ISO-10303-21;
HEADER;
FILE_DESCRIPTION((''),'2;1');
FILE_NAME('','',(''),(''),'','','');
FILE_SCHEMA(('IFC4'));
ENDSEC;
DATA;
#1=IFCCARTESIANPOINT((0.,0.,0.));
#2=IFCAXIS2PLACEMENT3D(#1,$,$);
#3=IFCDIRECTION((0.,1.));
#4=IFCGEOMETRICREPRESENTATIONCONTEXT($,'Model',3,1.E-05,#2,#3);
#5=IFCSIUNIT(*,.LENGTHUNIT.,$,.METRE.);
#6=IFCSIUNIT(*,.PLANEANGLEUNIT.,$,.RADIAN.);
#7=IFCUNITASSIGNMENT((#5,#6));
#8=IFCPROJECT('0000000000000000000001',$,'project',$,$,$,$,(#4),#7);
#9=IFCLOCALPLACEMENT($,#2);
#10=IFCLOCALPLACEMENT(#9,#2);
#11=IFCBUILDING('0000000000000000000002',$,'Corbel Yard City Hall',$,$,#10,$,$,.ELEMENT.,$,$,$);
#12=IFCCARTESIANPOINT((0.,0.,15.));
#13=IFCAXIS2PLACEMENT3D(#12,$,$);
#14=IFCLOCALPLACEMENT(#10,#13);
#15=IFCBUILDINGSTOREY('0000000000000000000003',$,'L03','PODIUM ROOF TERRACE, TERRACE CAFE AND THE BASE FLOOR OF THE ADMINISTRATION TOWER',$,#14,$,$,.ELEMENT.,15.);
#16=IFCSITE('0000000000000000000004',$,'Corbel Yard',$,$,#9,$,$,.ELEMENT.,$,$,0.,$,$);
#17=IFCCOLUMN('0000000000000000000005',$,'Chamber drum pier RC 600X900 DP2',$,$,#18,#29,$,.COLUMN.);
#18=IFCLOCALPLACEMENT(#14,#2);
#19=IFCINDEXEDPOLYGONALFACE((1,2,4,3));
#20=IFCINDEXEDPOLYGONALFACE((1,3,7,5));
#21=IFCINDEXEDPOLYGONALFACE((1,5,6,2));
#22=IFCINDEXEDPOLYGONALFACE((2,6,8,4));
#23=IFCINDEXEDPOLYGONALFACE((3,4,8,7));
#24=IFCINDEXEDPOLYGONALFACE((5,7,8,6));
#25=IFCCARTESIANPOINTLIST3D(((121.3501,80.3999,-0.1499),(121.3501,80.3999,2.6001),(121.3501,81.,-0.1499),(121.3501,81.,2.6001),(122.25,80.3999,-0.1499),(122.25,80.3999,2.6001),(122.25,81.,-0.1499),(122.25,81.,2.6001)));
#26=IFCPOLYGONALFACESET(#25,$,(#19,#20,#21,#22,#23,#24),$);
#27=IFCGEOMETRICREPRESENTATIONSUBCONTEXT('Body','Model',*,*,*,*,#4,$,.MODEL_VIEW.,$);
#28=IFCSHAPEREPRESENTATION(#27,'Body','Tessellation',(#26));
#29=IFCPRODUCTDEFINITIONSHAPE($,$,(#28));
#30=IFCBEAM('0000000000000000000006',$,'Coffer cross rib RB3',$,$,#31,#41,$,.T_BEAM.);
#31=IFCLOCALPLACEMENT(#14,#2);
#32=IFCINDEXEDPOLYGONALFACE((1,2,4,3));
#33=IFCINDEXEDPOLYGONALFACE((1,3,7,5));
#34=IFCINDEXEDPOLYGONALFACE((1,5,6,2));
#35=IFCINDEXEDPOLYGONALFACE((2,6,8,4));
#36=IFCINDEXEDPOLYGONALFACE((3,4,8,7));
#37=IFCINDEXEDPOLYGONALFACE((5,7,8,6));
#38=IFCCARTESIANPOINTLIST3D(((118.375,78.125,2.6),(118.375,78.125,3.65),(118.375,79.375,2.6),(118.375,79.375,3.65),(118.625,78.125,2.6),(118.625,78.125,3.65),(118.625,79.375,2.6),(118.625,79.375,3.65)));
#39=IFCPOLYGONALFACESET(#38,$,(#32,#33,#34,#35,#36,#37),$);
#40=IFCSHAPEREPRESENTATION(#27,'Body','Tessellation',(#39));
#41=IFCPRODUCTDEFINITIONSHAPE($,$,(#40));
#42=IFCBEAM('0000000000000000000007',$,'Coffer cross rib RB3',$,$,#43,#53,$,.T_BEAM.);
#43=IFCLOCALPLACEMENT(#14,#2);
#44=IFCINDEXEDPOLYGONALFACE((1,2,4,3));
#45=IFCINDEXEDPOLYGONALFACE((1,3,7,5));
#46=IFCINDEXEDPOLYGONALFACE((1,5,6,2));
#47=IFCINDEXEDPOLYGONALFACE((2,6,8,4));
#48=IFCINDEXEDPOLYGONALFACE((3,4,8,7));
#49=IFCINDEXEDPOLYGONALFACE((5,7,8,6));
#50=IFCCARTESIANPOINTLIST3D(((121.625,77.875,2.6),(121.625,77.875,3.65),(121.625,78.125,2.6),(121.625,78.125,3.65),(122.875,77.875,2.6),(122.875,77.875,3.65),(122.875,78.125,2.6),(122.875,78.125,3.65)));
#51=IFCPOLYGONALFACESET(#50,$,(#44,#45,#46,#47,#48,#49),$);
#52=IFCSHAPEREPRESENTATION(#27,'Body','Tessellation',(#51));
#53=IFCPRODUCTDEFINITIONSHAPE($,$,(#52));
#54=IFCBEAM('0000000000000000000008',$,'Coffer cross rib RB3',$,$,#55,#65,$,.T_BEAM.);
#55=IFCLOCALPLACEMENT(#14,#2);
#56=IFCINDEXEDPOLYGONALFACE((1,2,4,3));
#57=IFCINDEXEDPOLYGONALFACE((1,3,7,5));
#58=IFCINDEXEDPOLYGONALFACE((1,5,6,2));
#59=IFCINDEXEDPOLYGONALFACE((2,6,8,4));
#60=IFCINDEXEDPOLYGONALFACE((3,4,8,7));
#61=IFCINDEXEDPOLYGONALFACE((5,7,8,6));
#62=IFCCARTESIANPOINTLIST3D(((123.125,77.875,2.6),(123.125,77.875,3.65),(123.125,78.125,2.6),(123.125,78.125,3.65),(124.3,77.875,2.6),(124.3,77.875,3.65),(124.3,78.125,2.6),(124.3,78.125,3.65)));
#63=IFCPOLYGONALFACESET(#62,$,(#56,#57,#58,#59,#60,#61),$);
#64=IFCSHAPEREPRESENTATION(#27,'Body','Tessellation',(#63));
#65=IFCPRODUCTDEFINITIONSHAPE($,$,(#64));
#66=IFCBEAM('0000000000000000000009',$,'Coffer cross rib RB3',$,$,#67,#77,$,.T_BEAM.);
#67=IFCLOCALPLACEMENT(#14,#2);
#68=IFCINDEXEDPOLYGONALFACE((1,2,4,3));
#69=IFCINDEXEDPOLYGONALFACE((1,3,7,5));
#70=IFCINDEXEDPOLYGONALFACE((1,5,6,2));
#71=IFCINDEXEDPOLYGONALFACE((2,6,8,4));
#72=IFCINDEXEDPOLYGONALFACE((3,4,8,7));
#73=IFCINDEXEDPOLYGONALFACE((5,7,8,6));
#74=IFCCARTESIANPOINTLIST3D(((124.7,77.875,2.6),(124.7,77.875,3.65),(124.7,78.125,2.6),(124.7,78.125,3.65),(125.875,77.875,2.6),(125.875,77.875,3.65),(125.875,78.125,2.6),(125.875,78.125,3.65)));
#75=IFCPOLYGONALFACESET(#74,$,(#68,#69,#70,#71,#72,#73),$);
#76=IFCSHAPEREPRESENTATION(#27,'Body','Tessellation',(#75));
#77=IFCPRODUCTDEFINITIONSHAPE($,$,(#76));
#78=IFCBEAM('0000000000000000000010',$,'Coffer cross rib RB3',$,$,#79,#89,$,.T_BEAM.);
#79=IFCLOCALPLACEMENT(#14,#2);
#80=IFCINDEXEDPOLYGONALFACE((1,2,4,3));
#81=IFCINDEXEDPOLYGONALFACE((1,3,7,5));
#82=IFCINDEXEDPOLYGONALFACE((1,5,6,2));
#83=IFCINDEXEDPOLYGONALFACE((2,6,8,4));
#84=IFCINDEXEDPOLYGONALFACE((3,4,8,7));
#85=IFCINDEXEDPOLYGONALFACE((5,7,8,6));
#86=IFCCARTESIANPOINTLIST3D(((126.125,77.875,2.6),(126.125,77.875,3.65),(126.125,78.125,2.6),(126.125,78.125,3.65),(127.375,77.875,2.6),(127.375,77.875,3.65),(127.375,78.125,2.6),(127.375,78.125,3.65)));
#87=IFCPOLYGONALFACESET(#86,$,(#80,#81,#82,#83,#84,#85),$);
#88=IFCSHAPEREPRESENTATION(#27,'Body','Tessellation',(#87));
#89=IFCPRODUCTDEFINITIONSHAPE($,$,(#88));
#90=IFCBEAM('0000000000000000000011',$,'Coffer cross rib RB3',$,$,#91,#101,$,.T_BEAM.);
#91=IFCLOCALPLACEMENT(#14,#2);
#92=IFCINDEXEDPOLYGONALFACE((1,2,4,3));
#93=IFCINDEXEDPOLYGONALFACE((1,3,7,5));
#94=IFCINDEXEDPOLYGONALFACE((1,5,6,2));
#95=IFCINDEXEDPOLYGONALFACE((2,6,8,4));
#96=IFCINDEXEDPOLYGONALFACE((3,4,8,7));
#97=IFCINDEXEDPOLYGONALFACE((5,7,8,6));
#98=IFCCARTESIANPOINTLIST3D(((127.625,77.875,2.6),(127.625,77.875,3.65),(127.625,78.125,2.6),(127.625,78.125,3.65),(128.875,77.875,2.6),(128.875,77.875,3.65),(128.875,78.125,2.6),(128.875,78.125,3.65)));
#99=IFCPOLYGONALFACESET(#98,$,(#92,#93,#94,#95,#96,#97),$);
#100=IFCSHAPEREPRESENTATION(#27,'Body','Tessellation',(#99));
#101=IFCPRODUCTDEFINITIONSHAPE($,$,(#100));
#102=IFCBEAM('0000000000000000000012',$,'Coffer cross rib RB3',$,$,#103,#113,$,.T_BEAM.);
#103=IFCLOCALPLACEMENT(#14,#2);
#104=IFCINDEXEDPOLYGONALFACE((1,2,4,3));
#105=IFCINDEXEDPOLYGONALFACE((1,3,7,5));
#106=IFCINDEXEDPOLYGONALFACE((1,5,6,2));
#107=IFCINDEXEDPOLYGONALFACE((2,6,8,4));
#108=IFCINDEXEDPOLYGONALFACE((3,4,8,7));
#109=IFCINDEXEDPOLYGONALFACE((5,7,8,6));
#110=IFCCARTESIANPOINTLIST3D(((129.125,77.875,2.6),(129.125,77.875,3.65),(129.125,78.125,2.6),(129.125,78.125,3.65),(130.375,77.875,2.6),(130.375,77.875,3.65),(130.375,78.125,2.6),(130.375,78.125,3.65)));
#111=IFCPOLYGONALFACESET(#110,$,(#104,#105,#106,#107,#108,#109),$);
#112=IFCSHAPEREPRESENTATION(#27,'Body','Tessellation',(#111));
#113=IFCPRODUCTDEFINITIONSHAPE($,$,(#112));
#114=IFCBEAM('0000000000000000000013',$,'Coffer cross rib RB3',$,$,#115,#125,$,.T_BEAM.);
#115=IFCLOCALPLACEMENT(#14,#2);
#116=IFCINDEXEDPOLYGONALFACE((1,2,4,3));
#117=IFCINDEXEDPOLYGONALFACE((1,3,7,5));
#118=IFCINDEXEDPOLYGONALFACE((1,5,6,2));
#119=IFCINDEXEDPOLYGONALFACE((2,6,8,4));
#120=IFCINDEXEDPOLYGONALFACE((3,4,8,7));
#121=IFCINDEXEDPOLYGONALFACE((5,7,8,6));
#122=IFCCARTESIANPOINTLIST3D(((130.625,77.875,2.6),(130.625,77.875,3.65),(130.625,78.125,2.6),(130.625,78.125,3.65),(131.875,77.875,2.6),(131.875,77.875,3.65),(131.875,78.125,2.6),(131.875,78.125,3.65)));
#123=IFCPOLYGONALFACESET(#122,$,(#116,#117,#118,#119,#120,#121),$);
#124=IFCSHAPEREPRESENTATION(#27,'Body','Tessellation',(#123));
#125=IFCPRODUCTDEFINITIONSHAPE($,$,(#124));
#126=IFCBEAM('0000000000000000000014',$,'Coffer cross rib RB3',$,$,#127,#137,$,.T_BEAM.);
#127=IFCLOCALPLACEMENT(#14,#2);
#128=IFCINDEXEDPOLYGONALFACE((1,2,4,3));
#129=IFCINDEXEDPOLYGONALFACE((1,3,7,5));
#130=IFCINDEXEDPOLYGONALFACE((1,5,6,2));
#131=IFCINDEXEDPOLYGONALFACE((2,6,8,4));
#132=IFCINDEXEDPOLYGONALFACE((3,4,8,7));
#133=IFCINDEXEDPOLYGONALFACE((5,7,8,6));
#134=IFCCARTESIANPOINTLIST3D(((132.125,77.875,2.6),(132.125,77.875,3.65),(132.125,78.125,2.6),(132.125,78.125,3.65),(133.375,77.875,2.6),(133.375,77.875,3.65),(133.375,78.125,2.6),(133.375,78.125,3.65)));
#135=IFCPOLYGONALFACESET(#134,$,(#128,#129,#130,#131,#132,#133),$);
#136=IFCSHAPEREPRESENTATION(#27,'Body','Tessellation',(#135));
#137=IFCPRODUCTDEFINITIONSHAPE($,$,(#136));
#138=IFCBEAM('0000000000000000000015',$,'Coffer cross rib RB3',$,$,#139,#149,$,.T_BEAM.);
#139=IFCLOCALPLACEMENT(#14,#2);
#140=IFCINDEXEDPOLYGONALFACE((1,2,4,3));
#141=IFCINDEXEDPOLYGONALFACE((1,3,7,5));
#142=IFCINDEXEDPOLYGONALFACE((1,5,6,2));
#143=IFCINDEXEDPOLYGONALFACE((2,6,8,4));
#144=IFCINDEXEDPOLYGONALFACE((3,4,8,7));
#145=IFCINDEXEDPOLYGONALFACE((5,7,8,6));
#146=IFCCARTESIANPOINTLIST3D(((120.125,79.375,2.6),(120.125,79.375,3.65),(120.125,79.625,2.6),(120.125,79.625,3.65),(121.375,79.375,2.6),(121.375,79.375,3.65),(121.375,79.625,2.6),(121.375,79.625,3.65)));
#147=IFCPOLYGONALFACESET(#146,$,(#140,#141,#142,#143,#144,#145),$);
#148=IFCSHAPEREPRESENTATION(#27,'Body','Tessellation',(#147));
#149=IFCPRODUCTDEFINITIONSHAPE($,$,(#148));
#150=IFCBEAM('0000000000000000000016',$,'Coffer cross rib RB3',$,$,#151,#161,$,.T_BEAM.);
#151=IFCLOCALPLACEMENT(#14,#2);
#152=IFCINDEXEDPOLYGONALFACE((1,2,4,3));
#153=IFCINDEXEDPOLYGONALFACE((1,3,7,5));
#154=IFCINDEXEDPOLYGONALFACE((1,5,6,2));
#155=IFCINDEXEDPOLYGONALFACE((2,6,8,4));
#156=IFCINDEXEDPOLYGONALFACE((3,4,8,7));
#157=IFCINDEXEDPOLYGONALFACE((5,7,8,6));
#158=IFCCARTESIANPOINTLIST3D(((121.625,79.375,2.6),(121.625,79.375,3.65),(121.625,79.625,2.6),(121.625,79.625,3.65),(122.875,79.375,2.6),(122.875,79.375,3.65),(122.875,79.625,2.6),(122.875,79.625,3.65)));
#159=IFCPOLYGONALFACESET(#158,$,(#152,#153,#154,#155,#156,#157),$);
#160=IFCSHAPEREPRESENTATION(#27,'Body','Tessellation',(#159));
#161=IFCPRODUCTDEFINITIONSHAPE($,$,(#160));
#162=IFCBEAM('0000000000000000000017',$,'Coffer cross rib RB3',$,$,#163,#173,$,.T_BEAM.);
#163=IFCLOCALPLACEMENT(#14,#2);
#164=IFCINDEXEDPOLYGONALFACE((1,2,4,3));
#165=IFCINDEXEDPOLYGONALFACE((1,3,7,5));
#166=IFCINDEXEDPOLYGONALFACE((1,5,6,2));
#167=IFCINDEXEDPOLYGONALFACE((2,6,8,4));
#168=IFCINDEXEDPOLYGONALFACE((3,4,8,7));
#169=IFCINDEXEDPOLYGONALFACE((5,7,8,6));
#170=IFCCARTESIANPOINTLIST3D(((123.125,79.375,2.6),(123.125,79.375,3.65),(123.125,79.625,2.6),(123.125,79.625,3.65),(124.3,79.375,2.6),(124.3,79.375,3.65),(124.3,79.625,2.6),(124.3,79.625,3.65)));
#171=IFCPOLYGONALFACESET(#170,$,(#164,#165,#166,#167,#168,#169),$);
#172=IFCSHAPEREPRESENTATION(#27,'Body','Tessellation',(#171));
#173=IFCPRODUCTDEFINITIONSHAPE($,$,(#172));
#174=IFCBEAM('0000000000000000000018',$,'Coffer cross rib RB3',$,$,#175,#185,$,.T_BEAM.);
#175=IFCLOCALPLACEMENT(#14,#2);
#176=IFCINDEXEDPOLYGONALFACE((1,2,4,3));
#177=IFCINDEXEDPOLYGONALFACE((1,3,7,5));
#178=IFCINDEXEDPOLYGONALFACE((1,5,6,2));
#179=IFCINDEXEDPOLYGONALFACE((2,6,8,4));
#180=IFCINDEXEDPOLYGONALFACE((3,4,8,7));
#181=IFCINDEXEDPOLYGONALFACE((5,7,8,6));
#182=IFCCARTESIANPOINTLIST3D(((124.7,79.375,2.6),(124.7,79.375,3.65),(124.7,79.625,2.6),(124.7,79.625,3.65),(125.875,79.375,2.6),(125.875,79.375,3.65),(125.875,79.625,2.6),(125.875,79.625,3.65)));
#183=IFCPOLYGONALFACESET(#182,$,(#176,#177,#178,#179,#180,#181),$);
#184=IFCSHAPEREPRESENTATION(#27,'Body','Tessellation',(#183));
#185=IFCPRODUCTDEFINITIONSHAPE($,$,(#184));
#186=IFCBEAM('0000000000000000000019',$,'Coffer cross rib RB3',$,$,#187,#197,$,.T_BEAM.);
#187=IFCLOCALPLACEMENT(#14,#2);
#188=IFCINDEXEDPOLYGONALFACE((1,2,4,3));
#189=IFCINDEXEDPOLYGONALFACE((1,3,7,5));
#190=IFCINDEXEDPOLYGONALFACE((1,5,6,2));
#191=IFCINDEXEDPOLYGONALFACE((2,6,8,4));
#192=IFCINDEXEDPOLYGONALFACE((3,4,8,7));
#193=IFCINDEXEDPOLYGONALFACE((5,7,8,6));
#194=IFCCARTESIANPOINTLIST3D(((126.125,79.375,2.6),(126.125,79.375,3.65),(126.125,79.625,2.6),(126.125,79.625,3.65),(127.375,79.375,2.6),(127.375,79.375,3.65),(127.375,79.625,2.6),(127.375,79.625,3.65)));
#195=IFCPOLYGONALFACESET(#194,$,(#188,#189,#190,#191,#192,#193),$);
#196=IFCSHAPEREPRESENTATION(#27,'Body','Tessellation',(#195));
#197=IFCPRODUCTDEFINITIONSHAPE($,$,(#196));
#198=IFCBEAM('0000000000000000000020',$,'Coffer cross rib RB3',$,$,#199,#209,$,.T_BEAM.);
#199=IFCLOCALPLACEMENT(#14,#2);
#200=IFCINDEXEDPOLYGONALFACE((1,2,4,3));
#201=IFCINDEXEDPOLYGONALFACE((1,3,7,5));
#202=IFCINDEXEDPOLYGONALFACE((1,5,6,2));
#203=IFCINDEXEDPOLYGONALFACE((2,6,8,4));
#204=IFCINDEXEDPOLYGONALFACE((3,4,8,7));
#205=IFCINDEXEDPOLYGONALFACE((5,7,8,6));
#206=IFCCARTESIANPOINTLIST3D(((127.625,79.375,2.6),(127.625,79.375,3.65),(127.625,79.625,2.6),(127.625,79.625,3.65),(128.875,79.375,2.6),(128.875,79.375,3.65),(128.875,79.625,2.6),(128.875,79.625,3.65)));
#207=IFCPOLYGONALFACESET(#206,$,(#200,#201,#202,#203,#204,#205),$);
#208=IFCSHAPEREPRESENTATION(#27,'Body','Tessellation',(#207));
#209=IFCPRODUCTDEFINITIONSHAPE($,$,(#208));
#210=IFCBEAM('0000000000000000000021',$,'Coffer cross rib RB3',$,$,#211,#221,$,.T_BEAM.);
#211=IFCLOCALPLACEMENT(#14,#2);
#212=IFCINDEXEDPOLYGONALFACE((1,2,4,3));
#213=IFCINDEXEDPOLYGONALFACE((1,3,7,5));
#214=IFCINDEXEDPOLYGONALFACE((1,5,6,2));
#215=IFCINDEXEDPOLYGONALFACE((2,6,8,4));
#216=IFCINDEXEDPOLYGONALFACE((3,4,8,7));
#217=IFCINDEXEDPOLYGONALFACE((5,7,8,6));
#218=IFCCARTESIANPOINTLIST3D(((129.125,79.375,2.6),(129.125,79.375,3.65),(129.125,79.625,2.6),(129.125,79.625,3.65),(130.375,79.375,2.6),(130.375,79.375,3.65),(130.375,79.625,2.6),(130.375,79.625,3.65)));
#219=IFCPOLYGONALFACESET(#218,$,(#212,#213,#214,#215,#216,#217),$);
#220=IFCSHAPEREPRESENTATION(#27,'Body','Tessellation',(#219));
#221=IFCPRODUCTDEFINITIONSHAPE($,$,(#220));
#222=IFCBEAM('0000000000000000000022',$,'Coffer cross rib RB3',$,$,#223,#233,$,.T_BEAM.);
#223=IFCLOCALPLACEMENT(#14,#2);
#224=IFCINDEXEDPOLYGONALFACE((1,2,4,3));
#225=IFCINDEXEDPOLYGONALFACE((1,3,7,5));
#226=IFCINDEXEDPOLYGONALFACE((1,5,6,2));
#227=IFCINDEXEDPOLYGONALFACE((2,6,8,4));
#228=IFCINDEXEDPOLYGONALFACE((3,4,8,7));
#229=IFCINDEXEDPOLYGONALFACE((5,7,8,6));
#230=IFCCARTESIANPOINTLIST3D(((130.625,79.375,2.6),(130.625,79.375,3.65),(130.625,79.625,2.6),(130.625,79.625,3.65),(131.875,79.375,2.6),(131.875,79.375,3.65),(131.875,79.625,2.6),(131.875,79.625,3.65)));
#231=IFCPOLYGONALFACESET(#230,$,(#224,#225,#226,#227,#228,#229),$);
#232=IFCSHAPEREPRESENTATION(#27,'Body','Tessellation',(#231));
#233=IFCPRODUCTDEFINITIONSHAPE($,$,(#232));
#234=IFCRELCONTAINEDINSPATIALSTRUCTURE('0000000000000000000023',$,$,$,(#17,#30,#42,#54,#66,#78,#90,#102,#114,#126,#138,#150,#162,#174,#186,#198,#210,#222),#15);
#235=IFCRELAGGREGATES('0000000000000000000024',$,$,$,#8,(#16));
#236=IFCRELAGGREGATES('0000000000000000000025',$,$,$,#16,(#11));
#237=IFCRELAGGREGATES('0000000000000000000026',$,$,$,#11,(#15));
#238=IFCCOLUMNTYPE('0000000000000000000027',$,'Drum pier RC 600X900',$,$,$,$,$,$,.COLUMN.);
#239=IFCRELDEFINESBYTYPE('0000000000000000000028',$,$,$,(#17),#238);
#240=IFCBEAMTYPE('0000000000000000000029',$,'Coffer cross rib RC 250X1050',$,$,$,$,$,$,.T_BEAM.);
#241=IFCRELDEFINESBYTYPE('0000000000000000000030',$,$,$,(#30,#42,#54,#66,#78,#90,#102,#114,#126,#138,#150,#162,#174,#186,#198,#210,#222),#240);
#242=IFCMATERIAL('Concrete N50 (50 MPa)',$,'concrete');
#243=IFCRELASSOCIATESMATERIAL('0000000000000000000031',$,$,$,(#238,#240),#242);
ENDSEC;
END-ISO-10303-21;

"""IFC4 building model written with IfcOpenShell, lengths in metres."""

from ifc_helpers import new_model, si_unit, direction, frame, origin, origin_2d, place, context, subcontext, project, spatial, rectangle, extrude, material, material_profile, profile_set, type_object, element, save


model = new_model("IFC4")

# Units and contexts
model_context = context("Model", 3, precision=1e-05, world=origin(), true_north=direction((0.0, 1.0)))
body_context = subcontext(model_context, "Body", "Model", "MODEL_VIEW")
ifc_project = project(units=[si_unit("LENGTHUNIT", "METRE"), si_unit("PLANEANGLEUNIT", "RADIAN")], contexts=[model_context])

# Site, building, storey
site_placement = place(None, origin())
site = spatial("IfcSite", under=ifc_project, at=site_placement, Name="Corbel Yard", CompositionType="ELEMENT", RefElevation=0.0)
building_placement = place(site_placement, origin())
building = spatial("IfcBuilding", under=site, at=building_placement, Name="Corbel Yard City Hall", CompositionType="ELEMENT")
storey_placement = place(building_placement, frame((0.0, 0.0, 15.0)))
storey = spatial("IfcBuildingStorey", under=building, at=storey_placement, Name="L03", Description="PODIUM ROOF TERRACE, TERRACE CAFE AND THE BASE FLOOR OF THE ADMINISTRATION TOWER", CompositionType="ELEMENT", Elevation=15.0)

# Column
ifc_material_1 = material(Name="Concrete N50 (50 MPa)", Category="concrete")
ifc_material_profile_1 = material_profile(ifc_material_1, rectangle(XDim=0.6001, YDim=0.8999, at=origin_2d()), Name="600x900")
ifc_profile_set_1 = profile_set([ifc_material_profile_1], Name="Concrete N50 (50 MPa)")
column_type = type_object("IfcColumnType", Name="Drum pier RC 600X900", PredefinedType="COLUMN", material=ifc_profile_set_1)
column_placement = place(storey_placement, frame((121.8, 80.7, -0.1499), z_axis=(0.0, 0.0, 1.0), x_axis=(0.0, 1.0, 0.0)))
element("IfcColumn", 1, at=column_placement, inside=storey, type_object=column_type, Name="Chamber drum pier RC 600X900 DP2", PredefinedType="COLUMN", context=body_context, shape_type="SweptSolid", body=[
    extrude(rectangle(XDim=0.6001, YDim=0.8999, at=origin_2d()), origin(), (0.0, 0.0, 1.0), 2.75),
])

# Beams
ifc_material_profile_2 = material_profile(ifc_material_1, rectangle(XDim=0.25, YDim=1.05, at=origin_2d()), Name="250x1050")
ifc_profile_set_2 = profile_set([ifc_material_profile_2], Name="Concrete N50 (50 MPa)")
beam_type = type_object("IfcBeamType", Name="Coffer cross rib RC 250X1050", PredefinedType="T_BEAM", material=ifc_profile_set_2)
for number, where, z_axis, x_axis, name in (
    (2, (118.5, 78.125, 3.125), (0.0, 1.0, 0.0), (-1.0, 0.0, 0.0), "Coffer cross rib RB3"),
    (3, (121.625, 78.0, 3.125), (1.0, 0.0, 0.0), (0.0, 1.0, 0.0), "Coffer cross rib RB3"),
):
    element("IfcBeam", number, at=place(storey_placement, frame(where, z_axis=z_axis, x_axis=x_axis)), inside=storey, type_object=beam_type, Name=name, PredefinedType="T_BEAM", context=body_context, shape_type="SweptSolid", body=[
        extrude(rectangle(XDim=0.25, YDim=1.05, at=origin_2d()), origin(), (0.0, 0.0, 1.0), 1.25),
    ])
for number, where, z_axis, x_axis, name in (
    (4, (123.125, 78.0, 3.125), (1.0, 0.0, 0.0), (0.0, 1.0, 0.0), "Coffer cross rib RB3"),
    (5, (124.7, 78.0, 3.125), (1.0, 0.0, 0.0), (0.0, 1.0, 0.0), "Coffer cross rib RB3"),
):
    element("IfcBeam", number, at=place(storey_placement, frame(where, z_axis=z_axis, x_axis=x_axis)), inside=storey, type_object=beam_type, Name=name, PredefinedType="T_BEAM", context=body_context, shape_type="SweptSolid", body=[
        extrude(rectangle(XDim=0.25, YDim=1.05, at=origin_2d()), origin(), (0.0, 0.0, 1.0), 1.175),
    ])
for number, where, z_axis, x_axis, name in (
    (6, (126.125, 78.0, 3.125), (1.0, 0.0, 0.0), (0.0, 1.0, 0.0), "Coffer cross rib RB3"),
    (7, (127.625, 78.0, 3.125), (1.0, 0.0, 0.0), (0.0, 1.0, 0.0), "Coffer cross rib RB3"),
    (8, (129.125, 78.0, 3.125), (1.0, 0.0, 0.0), (0.0, 1.0, 0.0), "Coffer cross rib RB3"),
    (9, (130.625, 78.0, 3.125), (1.0, 0.0, 0.0), (0.0, 1.0, 0.0), "Coffer cross rib RB3"),
    (10, (132.125, 78.0, 3.125), (1.0, 0.0, 0.0), (0.0, 1.0, 0.0), "Coffer cross rib RB3"),
    (11, (120.125, 79.5, 3.125), (1.0, 0.0, 0.0), (0.0, 1.0, 0.0), "Coffer cross rib RB3"),
    (12, (121.625, 79.5, 3.125), (1.0, 0.0, 0.0), (0.0, 1.0, 0.0), "Coffer cross rib RB3"),
):
    element("IfcBeam", number, at=place(storey_placement, frame(where, z_axis=z_axis, x_axis=x_axis)), inside=storey, type_object=beam_type, Name=name, PredefinedType="T_BEAM", context=body_context, shape_type="SweptSolid", body=[
        extrude(rectangle(XDim=0.25, YDim=1.05, at=origin_2d()), origin(), (0.0, 0.0, 1.0), 1.25),
    ])
for number, where, z_axis, x_axis, name in (
    (13, (123.125, 79.5, 3.125), (1.0, 0.0, 0.0), (0.0, 1.0, 0.0), "Coffer cross rib RB3"),
    (14, (124.7, 79.5, 3.125), (1.0, 0.0, 0.0), (0.0, 1.0, 0.0), "Coffer cross rib RB3"),
):
    element("IfcBeam", number, at=place(storey_placement, frame(where, z_axis=z_axis, x_axis=x_axis)), inside=storey, type_object=beam_type, Name=name, PredefinedType="T_BEAM", context=body_context, shape_type="SweptSolid", body=[
        extrude(rectangle(XDim=0.25, YDim=1.05, at=origin_2d()), origin(), (0.0, 0.0, 1.0), 1.175),
    ])
for number, where, z_axis, x_axis, name in (
    (15, (126.125, 79.5, 3.125), (1.0, 0.0, 0.0), (0.0, 1.0, 0.0), "Coffer cross rib RB3"),
    (16, (127.625, 79.5, 3.125), (1.0, 0.0, 0.0), (0.0, 1.0, 0.0), "Coffer cross rib RB3"),
    (17, (129.125, 79.5, 3.125), (1.0, 0.0, 0.0), (0.0, 1.0, 0.0), "Coffer cross rib RB3"),
    (18, (130.625, 79.5, 3.125), (1.0, 0.0, 0.0), (0.0, 1.0, 0.0), "Coffer cross rib RB3"),
):
    element("IfcBeam", number, at=place(storey_placement, frame(where, z_axis=z_axis, x_axis=x_axis)), inside=storey, type_object=beam_type, Name=name, PredefinedType="T_BEAM", context=body_context, shape_type="SweptSolid", body=[
        extrude(rectangle(XDim=0.25, YDim=1.05, at=origin_2d()), origin(), (0.0, 0.0, 1.0), 1.25),
    ])

save(model, "model.ifc")
